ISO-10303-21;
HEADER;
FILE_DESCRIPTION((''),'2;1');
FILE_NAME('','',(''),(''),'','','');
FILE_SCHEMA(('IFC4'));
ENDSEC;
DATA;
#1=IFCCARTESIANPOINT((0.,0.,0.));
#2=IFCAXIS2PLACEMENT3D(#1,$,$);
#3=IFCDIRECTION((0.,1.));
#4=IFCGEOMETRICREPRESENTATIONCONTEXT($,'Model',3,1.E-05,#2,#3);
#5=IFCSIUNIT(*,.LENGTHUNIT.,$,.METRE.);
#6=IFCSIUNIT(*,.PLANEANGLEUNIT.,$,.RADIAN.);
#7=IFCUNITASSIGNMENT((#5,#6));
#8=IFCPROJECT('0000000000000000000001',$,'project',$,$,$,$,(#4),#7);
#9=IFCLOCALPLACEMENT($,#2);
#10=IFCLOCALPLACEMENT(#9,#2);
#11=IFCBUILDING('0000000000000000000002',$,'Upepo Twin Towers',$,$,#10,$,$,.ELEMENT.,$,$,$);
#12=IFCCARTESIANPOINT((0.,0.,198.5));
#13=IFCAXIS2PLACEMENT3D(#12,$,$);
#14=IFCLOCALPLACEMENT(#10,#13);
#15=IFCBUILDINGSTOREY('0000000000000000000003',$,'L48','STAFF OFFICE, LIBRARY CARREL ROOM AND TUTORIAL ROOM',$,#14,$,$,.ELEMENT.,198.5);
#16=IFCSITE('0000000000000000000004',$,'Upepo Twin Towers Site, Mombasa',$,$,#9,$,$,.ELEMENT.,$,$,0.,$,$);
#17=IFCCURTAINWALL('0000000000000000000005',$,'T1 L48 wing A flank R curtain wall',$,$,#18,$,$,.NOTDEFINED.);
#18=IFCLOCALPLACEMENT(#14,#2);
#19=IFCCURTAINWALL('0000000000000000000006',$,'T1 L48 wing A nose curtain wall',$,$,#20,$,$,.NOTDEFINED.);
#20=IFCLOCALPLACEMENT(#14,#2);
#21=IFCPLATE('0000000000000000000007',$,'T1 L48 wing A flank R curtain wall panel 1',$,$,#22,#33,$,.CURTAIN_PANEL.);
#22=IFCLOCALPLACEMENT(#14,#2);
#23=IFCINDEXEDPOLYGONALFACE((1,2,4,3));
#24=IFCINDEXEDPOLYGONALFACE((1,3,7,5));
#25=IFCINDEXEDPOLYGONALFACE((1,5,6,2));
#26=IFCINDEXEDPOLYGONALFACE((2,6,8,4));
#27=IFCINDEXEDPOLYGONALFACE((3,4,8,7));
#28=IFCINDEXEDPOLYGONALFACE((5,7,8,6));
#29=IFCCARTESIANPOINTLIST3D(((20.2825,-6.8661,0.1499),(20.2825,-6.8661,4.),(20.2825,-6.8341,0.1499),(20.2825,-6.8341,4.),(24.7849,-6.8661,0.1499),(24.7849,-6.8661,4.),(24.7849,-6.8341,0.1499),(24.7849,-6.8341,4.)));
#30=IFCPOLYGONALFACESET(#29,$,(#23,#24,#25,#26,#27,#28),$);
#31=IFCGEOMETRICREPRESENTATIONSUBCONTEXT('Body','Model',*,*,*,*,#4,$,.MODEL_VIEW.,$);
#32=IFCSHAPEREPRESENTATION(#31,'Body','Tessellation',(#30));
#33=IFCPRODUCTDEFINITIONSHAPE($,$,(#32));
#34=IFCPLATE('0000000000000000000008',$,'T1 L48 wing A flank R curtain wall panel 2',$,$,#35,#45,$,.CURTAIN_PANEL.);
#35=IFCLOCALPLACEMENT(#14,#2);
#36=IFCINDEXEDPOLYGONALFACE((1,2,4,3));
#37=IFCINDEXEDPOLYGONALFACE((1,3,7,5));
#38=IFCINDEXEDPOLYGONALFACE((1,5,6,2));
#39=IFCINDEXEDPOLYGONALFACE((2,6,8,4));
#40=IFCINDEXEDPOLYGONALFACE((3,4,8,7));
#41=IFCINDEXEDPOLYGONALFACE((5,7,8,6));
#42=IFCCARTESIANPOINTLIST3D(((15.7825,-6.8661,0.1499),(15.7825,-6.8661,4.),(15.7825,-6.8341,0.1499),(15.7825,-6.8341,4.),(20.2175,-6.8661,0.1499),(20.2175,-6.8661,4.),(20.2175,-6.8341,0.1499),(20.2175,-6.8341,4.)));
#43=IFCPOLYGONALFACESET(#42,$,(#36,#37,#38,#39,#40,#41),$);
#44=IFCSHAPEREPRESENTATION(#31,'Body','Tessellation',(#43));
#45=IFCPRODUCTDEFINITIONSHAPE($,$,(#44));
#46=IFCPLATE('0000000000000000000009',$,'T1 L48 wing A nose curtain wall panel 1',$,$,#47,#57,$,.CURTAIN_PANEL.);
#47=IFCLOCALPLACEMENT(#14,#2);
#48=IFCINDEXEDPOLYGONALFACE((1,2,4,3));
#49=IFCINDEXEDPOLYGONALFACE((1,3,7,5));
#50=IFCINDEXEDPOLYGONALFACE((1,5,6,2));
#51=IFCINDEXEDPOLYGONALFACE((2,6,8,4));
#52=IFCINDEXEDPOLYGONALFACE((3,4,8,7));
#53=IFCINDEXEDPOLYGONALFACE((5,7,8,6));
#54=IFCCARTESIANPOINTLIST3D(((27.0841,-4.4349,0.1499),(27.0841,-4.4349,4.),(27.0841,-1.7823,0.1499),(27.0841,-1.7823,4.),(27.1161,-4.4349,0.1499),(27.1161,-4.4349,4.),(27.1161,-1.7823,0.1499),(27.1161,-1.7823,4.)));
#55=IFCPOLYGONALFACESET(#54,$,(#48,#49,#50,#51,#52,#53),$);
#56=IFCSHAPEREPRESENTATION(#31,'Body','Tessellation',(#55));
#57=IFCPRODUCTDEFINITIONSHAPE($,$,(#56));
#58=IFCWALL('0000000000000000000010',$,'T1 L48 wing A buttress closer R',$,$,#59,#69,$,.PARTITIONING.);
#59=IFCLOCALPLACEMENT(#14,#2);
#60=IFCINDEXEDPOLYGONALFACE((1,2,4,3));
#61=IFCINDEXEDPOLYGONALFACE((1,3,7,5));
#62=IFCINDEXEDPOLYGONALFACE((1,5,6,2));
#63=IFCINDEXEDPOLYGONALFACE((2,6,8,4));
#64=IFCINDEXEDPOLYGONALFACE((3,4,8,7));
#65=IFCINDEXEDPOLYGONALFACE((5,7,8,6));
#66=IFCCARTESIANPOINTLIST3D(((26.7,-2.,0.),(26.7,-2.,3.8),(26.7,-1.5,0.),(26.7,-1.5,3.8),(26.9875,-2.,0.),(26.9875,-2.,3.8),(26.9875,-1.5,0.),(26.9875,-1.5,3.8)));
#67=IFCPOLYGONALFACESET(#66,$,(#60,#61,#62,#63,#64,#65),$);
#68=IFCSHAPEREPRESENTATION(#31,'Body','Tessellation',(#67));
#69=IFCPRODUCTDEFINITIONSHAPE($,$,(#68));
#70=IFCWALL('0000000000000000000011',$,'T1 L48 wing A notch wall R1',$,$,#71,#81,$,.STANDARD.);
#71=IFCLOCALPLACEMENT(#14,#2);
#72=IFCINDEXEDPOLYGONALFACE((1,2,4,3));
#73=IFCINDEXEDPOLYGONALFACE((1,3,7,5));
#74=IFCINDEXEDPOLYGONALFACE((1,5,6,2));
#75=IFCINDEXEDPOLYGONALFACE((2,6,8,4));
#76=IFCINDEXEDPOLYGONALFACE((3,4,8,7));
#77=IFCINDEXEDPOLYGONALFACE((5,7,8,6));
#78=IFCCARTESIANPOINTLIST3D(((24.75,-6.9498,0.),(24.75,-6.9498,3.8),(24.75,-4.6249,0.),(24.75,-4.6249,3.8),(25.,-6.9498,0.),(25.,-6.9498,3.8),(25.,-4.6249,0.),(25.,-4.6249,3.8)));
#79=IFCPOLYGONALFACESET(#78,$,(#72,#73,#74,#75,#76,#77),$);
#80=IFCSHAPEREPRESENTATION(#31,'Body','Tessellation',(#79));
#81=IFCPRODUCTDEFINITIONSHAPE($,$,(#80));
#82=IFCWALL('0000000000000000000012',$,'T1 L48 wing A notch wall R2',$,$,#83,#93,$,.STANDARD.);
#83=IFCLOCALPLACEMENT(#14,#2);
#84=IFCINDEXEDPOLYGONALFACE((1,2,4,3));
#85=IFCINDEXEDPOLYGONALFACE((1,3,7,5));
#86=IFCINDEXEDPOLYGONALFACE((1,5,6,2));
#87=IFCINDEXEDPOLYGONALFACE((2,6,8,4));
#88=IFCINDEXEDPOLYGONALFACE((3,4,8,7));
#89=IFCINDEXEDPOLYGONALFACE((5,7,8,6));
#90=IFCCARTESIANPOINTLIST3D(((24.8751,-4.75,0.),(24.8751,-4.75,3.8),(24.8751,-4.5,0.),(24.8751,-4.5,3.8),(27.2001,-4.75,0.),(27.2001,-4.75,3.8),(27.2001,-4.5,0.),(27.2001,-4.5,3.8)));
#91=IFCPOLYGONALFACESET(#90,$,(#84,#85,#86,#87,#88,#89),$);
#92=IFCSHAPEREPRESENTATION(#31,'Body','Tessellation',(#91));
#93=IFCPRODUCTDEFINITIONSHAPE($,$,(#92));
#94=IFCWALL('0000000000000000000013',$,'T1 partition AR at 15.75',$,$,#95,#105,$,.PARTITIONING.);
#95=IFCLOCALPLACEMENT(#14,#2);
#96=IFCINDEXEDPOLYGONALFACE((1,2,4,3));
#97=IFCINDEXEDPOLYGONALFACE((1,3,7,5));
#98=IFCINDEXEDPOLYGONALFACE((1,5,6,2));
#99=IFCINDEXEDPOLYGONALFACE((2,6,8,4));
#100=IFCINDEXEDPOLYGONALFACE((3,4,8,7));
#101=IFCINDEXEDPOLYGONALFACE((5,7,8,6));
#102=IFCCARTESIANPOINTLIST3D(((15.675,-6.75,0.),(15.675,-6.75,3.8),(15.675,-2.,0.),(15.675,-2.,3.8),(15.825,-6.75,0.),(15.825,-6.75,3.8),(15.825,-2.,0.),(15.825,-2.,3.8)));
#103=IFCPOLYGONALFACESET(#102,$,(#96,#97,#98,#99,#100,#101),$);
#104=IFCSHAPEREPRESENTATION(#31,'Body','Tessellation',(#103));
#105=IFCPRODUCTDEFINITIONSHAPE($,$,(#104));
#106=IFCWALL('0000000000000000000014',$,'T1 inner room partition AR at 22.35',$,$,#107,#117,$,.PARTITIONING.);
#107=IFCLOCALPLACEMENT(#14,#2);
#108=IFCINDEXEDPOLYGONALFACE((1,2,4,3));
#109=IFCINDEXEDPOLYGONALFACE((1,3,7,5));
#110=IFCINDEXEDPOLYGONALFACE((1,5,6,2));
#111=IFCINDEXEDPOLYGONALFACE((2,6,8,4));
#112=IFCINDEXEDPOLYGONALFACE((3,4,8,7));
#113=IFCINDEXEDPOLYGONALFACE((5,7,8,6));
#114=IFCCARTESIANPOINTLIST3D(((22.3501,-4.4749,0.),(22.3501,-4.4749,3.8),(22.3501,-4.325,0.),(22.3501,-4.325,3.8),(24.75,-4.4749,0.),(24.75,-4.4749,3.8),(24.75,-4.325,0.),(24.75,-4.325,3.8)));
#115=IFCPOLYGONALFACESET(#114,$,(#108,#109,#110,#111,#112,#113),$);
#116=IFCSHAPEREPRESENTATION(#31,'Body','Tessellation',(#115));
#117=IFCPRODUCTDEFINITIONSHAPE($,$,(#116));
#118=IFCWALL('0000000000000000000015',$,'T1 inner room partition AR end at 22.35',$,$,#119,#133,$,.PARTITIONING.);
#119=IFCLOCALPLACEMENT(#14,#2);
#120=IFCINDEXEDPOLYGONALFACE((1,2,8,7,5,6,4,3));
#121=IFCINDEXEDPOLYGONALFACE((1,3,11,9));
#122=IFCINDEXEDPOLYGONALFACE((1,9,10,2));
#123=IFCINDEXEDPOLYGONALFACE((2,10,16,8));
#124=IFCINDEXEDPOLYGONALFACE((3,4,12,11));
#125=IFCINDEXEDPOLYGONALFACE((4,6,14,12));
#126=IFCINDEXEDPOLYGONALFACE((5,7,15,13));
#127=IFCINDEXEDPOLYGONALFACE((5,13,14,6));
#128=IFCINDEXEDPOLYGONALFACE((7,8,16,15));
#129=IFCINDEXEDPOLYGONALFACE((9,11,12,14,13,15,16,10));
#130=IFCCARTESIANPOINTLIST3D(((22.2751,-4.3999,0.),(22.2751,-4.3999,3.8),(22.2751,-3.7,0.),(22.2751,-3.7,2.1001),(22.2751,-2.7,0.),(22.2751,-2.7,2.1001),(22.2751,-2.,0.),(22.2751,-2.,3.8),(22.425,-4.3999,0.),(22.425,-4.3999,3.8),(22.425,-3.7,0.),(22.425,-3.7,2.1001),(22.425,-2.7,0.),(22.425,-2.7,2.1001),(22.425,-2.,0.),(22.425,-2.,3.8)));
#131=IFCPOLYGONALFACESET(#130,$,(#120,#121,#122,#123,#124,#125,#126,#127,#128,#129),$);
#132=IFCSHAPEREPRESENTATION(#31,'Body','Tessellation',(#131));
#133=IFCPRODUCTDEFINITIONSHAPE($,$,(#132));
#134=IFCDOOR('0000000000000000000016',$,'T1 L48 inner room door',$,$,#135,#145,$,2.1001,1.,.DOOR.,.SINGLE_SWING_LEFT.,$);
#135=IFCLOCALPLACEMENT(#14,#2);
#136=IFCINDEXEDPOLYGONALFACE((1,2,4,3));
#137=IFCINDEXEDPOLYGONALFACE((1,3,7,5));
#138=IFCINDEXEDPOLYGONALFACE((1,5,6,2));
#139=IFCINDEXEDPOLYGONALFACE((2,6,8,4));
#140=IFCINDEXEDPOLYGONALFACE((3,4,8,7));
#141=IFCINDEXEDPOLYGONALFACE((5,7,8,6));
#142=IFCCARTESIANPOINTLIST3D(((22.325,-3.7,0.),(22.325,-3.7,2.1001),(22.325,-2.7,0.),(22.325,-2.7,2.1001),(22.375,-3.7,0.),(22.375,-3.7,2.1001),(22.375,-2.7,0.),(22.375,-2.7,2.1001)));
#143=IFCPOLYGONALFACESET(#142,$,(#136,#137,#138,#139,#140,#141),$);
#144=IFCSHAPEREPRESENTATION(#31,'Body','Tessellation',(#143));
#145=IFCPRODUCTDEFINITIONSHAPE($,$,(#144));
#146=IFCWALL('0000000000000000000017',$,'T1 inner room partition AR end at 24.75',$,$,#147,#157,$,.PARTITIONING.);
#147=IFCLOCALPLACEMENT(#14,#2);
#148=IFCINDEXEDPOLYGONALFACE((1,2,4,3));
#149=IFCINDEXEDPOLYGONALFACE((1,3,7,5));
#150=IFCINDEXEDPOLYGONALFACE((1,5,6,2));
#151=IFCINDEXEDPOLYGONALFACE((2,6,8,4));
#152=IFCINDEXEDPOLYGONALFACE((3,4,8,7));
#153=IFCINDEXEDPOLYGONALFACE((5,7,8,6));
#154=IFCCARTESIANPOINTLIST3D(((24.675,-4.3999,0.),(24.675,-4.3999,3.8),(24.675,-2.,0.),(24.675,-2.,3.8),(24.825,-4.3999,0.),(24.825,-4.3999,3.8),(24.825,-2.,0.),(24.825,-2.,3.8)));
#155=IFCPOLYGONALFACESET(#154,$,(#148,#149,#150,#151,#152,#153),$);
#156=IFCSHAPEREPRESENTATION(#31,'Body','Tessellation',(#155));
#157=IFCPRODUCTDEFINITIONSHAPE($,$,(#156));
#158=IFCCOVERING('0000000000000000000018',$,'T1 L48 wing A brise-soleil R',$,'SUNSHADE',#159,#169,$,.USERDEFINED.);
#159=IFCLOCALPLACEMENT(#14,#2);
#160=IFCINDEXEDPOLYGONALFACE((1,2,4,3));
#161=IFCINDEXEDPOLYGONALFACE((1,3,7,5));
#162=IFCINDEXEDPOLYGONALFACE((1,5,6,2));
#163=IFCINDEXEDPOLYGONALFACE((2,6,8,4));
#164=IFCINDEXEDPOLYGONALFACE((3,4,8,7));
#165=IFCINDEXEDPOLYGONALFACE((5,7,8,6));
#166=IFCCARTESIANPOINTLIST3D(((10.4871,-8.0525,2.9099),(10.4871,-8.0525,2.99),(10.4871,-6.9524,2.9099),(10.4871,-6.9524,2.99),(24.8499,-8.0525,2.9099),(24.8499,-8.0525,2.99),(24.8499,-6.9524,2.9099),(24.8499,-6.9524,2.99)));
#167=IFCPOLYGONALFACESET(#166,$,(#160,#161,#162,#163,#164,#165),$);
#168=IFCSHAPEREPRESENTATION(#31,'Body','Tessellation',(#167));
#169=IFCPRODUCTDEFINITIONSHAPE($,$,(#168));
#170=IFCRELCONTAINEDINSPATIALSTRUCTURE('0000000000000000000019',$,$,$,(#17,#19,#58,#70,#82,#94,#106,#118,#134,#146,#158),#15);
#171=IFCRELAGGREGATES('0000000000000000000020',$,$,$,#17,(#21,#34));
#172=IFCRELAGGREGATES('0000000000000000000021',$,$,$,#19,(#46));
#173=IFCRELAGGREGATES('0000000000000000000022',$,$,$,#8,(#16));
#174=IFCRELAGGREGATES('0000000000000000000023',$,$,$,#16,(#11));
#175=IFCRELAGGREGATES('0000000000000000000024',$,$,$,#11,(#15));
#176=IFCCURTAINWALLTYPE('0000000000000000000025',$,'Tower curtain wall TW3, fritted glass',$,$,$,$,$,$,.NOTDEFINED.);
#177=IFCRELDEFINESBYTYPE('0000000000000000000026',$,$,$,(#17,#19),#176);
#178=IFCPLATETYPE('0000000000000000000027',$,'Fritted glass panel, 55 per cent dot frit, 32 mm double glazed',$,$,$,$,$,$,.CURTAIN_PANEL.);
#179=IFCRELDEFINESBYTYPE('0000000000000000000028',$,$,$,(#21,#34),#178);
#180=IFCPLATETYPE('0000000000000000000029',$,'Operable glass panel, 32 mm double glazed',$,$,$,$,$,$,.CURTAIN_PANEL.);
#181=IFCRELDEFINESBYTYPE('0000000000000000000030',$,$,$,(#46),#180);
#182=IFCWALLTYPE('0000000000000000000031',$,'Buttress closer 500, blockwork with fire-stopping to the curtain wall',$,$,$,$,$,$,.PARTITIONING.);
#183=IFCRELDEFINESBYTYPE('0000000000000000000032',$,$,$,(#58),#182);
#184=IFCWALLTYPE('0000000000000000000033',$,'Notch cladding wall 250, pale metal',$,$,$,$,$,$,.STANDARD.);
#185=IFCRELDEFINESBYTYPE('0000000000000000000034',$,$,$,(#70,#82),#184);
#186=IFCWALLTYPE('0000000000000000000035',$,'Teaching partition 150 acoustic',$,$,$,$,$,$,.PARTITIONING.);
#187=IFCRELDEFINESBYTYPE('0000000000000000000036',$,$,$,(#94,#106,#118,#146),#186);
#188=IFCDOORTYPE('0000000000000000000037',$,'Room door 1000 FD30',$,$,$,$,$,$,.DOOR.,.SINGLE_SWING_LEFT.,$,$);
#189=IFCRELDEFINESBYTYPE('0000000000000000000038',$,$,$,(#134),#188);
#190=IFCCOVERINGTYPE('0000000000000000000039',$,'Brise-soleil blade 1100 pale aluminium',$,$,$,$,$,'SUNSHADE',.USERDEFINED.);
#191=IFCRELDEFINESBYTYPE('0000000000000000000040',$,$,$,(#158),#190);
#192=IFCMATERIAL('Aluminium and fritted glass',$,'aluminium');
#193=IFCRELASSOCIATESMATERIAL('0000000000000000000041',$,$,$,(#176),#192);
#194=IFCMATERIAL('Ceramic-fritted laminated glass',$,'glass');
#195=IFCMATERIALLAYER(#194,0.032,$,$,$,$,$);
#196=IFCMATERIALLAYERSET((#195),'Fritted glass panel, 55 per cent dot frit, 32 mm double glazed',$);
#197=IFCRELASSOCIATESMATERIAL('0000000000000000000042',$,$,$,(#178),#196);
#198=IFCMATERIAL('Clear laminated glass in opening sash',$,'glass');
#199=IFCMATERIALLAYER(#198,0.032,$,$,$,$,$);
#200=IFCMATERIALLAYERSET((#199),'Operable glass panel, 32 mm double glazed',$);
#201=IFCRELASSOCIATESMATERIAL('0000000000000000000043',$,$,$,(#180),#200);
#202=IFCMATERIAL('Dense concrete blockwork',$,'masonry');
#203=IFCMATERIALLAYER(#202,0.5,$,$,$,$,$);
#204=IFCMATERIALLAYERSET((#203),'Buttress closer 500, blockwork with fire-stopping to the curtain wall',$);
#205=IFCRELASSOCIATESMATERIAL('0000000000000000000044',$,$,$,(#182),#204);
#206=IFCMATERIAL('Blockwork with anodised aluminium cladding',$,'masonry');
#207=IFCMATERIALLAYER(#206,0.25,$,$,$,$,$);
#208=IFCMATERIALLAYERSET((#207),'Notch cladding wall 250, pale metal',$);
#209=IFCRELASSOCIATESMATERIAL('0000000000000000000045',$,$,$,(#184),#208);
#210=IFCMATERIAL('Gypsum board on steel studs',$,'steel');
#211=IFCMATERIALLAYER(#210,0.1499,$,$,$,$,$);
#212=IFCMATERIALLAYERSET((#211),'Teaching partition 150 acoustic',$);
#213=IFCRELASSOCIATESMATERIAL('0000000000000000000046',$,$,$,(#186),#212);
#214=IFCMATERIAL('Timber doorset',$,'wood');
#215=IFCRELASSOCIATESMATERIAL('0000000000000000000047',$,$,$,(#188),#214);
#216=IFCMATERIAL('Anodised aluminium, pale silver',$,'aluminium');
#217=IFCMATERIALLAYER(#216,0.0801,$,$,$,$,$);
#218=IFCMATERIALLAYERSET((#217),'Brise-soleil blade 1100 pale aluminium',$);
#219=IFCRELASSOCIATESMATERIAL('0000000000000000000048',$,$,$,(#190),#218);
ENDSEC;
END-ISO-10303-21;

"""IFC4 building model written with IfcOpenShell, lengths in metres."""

from ifc_helpers import new_model, si_unit, direction, frame, frame_2d, origin, origin_2d, place, context, subcontext, project, spatial, rectangle, extrude, material, layer, layer_set, type_object, element, fill, aggregate, save


model = new_model("IFC4")

# Units and contexts
model_context = context("Model", 3, precision=1e-05, world=origin(), true_north=direction((0.0, 1.0)))
body_context = subcontext(model_context, "Body", "Model", "MODEL_VIEW")
ifc_project = project(units=[si_unit("LENGTHUNIT", "METRE"), si_unit("PLANEANGLEUNIT", "RADIAN")], contexts=[model_context])

# Site, building, storey
site_placement = place(None, origin())
site = spatial("IfcSite", under=ifc_project, at=site_placement, Name="Upepo Twin Towers Site, Mombasa", CompositionType="ELEMENT", RefElevation=0.0)
building_placement = place(site_placement, origin())
building = spatial("IfcBuilding", under=site, at=building_placement, Name="Upepo Twin Towers", CompositionType="ELEMENT")
storey_placement = place(building_placement, frame((0.0, 0.0, 198.5)))
storey = spatial("IfcBuildingStorey", under=building, at=storey_placement, Name="L48", Description="STAFF OFFICE, LIBRARY CARREL ROOM AND TUTORIAL ROOM", CompositionType="ELEMENT", Elevation=198.5)

# Curtain wall
ifc_material_1 = material(Name="Aluminium and fritted glass", Category="aluminium")
curtain_wall_type = type_object("IfcCurtainWallType", Name="Tower curtain wall TW3, fritted glass", PredefinedType="NOTDEFINED", material=ifc_material_1)
curtain_wall_1_placement = place(storey_placement, origin())
curtain_wall_1 = element("IfcCurtainWall", 1, at=curtain_wall_1_placement, inside=storey, type_object=curtain_wall_type, Name="T1 L48 wing A flank R curtain wall", PredefinedType="NOTDEFINED")

# Curtain wall
curtain_wall_2_placement = place(storey_placement, origin())
curtain_wall_2 = element("IfcCurtainWall", 2, at=curtain_wall_2_placement, inside=storey, type_object=curtain_wall_type, Name="T1 L48 wing A nose curtain wall", PredefinedType="NOTDEFINED")

# Plates
ifc_material_2 = material(Name="Ceramic-fritted laminated glass", Category="glass")
ifc_layer_1 = layer(ifc_material_2, 0.032)
ifc_layer_set_1 = layer_set([ifc_layer_1], Name="Fritted glass panel, 55 per cent dot frit, 32 mm double glazed")
plate_type_1 = type_object("IfcPlateType", Name="Fritted glass panel, 55 per cent dot frit, 32 mm double glazed", PredefinedType="CURTAIN_PANEL", material=ifc_layer_set_1)
plate_1_placement = place(storey_placement, frame((22.5337, -6.8501, 0.1499), z_axis=(0.0, 0.0, 1.0), x_axis=(-1.0, 0.0, 0.0)))
plate_1 = element("IfcPlate", 3, at=plate_1_placement, type_object=plate_type_1, Name="T1 L48 wing A flank R curtain wall panel 1", PredefinedType="CURTAIN_PANEL", context=body_context, shape_type="SweptSolid", body=[
    extrude(rectangle(XDim=4.5024, YDim=0.032, at=origin_2d()), origin(), (0.0, 0.0, 1.0), 3.8501),
])
plate_2_placement = place(storey_placement, frame((18.0, -6.8501, 0.1499), z_axis=(0.0, 0.0, 1.0), x_axis=(-1.0, 0.0, 0.0)))
plate_2 = element("IfcPlate", 4, at=plate_2_placement, type_object=plate_type_1, Name="T1 L48 wing A flank R curtain wall panel 2", PredefinedType="CURTAIN_PANEL", context=body_context, shape_type="SweptSolid", body=[
    extrude(rectangle(XDim=4.4351, YDim=0.032, at=origin_2d()), origin(), (0.0, 0.0, 1.0), 3.8501),
])
aggregate(curtain_wall_1, [plate_1, plate_2])
ifc_material_3 = material(Name="Clear laminated glass in opening sash", Category="glass")
ifc_layer_2 = layer(ifc_material_3, 0.032)
ifc_layer_set_2 = layer_set([ifc_layer_2], Name="Operable glass panel, 32 mm double glazed")
plate_type_2 = type_object("IfcPlateType", Name="Operable glass panel, 32 mm double glazed", PredefinedType="CURTAIN_PANEL", material=ifc_layer_set_2)
plate_3_placement = place(storey_placement, frame((27.1001, -3.1086, 0.1499), z_axis=(0.0, 0.0, 1.0), x_axis=(0.0, 1.0, 0.0)))
plate_3 = element("IfcPlate", 5, at=plate_3_placement, type_object=plate_type_2, Name="T1 L48 wing A nose curtain wall panel 1", PredefinedType="CURTAIN_PANEL", context=body_context, shape_type="SweptSolid", body=[
    extrude(rectangle(XDim=2.6526, YDim=0.032, at=origin_2d()), origin(), (0.0, 0.0, 1.0), 3.8501),
])
aggregate(curtain_wall_2, [plate_3])

# Walls
ifc_material_4 = material(Name="Dense concrete blockwork", Category="masonry")
ifc_layer_3 = layer(ifc_material_4, 0.5)
ifc_layer_set_3 = layer_set([ifc_layer_3], Name="Buttress closer 500, blockwork with fire-stopping to the curtain wall")
wall_type_1 = type_object("IfcWallType", Name="Buttress closer 500, blockwork with fire-stopping to the curtain wall", PredefinedType="PARTITIONING", material=ifc_layer_set_3)
wall_1_placement = place(storey_placement, frame((26.7, -1.75, 0.0), z_axis=(0.0, 0.0, 1.0), x_axis=(1.0, 0.0, 0.0)))
element("IfcWall", 6, at=wall_1_placement, inside=storey, type_object=wall_type_1, Name="T1 L48 wing A buttress closer R", PredefinedType="PARTITIONING", context=body_context, shape_type="SweptSolid", body=[
    extrude(rectangle(XDim=0.2876, YDim=0.5, at=frame_2d((0.1438, 0.0))), origin(), (0.0, 0.0, 1.0), 3.8),
])
ifc_material_5 = material(Name="Blockwork with anodised aluminium cladding", Category="masonry")
ifc_layer_4 = layer(ifc_material_5, 0.25)
ifc_layer_set_4 = layer_set([ifc_layer_4], Name="Notch cladding wall 250, pale metal")
wall_type_2 = type_object("IfcWallType", Name="Notch cladding wall 250, pale metal", PredefinedType="STANDARD", material=ifc_layer_set_4)
for number, where, z_axis, x_axis, name in (
    (7, (24.875, -6.95, 0.0), (0.0, 0.0, 1.0), (0.0, 1.0, 0.0), "T1 L48 wing A notch wall R1"),
    (8, (24.875, -4.625, 0.0), (0.0, 0.0, 1.0), (1.0, 0.0, 0.0), "T1 L48 wing A notch wall R2"),
):
    element("IfcWall", number, at=place(storey_placement, frame(where, z_axis=z_axis, x_axis=x_axis)), inside=storey, type_object=wall_type_2, Name=name, PredefinedType="STANDARD", context=body_context, shape_type="SweptSolid", body=[
        extrude(rectangle(XDim=2.325, YDim=0.25, at=frame_2d((1.1626, 0.0))), origin(), (0.0, 0.0, 1.0), 3.8),
    ])
ifc_material_6 = material(Name="Gypsum board on steel studs", Category="steel")
ifc_layer_5 = layer(ifc_material_6, 0.1499)
ifc_layer_set_5 = layer_set([ifc_layer_5], Name="Teaching partition 150 acoustic")
wall_type_3 = type_object("IfcWallType", Name="Teaching partition 150 acoustic", PredefinedType="PARTITIONING", material=ifc_layer_set_5)
wall_2_placement = place(storey_placement, frame((15.75, -2.0, 0.0), z_axis=(0.0, 0.0, 1.0), x_axis=(0.0, -1.0, 0.0)))
element("IfcWall", 9, at=wall_2_placement, inside=storey, type_object=wall_type_3, Name="T1 partition AR at 15.75", PredefinedType="PARTITIONING", context=body_context, shape_type="SweptSolid", body=[
    extrude(rectangle(XDim=4.75, YDim=0.1499, at=frame_2d((2.375, 0.0))), origin(), (0.0, 0.0, 1.0), 3.8),
])
wall_3_placement = place(storey_placement, frame((22.3501, -4.3999, 0.0), z_axis=(0.0, 0.0, 1.0), x_axis=(1.0, 0.0, 0.0)))
element("IfcWall", 10, at=wall_3_placement, inside=storey, type_object=wall_type_3, Name="T1 inner room partition AR at 22.35", PredefinedType="PARTITIONING", context=body_context, shape_type="SweptSolid", body=[
    extrude(rectangle(XDim=2.3999, YDim=0.1499, at=frame_2d((1.2, 0.0))), origin(), (0.0, 0.0, 1.0), 3.8),
])

# Wall, opening, door
wall_4_placement = place(storey_placement, frame((22.3501, -2.0, 0.0), z_axis=(0.0, 0.0, 1.0), x_axis=(0.0, -1.0, 0.0)))
wall_4 = element("IfcWall", 11, at=wall_4_placement, inside=storey, type_object=wall_type_3, Name="T1 inner room partition AR end at 22.35", PredefinedType="PARTITIONING", context=body_context, shape_type="SweptSolid", body=[
    extrude(rectangle(XDim=2.3999, YDim=0.1499, at=frame_2d((1.2, 0.0))), origin(), (0.0, 0.0, 1.0), 3.8),
])
opening_placement = place(wall_4_placement, frame((0.7, 0.0, 0.0)))
opening = element("IfcOpeningElement", 12, at=opening_placement, cuts=wall_4, PredefinedType="OPENING", context=body_context, shape_type="SweptSolid", body=[
    extrude(rectangle(XDim=1.0, YDim=2.1001, at=frame_2d((0.5, 1.05))), frame((0.0, 0.085, 0.0), z_axis=(0.0, -1.0, 0.0), x_axis=(1.0, 0.0, 0.0)), (0.0, 0.0, 1.0), 0.1699),
])
ifc_material_7 = material(Name="Timber doorset", Category="wood")
door_type = type_object("IfcDoorType", Name="Room door 1000 FD30", OperationType="SINGLE_SWING_LEFT", PredefinedType="DOOR", material=ifc_material_7)
door_placement = place(opening_placement, origin())
door = element("IfcDoor", 13, at=door_placement, inside=storey, type_object=door_type, Name="T1 L48 inner room door", OperationType="SINGLE_SWING_LEFT", OverallHeight=2.1001, OverallWidth=1.0, PredefinedType="DOOR", context=body_context, shape_type="SweptSolid", body=[
    extrude(rectangle(XDim=1.0, YDim=2.1001, at=frame_2d((0.5, 1.05))), frame((0.0, 0.0249, 0.0), z_axis=(0.0, -1.0, 0.0), x_axis=(1.0, 0.0, 0.0)), (0.0, 0.0, 1.0), 0.05),
])
fill(opening, door)

# Wall
wall_5_placement = place(storey_placement, frame((24.75, -2.0, 0.0), z_axis=(0.0, 0.0, 1.0), x_axis=(0.0, -1.0, 0.0)))
element("IfcWall", 14, at=wall_5_placement, inside=storey, type_object=wall_type_3, Name="T1 inner room partition AR end at 24.75", PredefinedType="PARTITIONING", context=body_context, shape_type="SweptSolid", body=[
    extrude(rectangle(XDim=2.3999, YDim=0.1499, at=frame_2d((1.2, 0.0))), origin(), (0.0, 0.0, 1.0), 3.8),
])

# Covering
ifc_material_8 = material(Name="Anodised aluminium, pale silver", Category="aluminium")
ifc_layer_6 = layer(ifc_material_8, 0.0801)
ifc_layer_set_6 = layer_set([ifc_layer_6], Name="Brise-soleil blade 1100 pale aluminium")
covering_type = type_object("IfcCoveringType", Name="Brise-soleil blade 1100 pale aluminium", ElementType="SUNSHADE", PredefinedType="USERDEFINED", material=ifc_layer_set_6)
covering_placement = place(storey_placement, frame((17.6685, -7.5024, 2.9099), z_axis=(0.0, 0.0, 1.0), x_axis=(1.0, 0.0, 0.0)))
element("IfcCovering", 15, at=covering_placement, inside=storey, type_object=covering_type, Name="T1 L48 wing A brise-soleil R", ObjectType="SUNSHADE", PredefinedType="USERDEFINED", context=body_context, shape_type="SweptSolid", body=[
    extrude(rectangle(XDim=14.3628, YDim=1.1001, at=origin_2d()), origin(), (0.0, 0.0, 1.0), 0.0801),
])

save(model, "model.ifc")
